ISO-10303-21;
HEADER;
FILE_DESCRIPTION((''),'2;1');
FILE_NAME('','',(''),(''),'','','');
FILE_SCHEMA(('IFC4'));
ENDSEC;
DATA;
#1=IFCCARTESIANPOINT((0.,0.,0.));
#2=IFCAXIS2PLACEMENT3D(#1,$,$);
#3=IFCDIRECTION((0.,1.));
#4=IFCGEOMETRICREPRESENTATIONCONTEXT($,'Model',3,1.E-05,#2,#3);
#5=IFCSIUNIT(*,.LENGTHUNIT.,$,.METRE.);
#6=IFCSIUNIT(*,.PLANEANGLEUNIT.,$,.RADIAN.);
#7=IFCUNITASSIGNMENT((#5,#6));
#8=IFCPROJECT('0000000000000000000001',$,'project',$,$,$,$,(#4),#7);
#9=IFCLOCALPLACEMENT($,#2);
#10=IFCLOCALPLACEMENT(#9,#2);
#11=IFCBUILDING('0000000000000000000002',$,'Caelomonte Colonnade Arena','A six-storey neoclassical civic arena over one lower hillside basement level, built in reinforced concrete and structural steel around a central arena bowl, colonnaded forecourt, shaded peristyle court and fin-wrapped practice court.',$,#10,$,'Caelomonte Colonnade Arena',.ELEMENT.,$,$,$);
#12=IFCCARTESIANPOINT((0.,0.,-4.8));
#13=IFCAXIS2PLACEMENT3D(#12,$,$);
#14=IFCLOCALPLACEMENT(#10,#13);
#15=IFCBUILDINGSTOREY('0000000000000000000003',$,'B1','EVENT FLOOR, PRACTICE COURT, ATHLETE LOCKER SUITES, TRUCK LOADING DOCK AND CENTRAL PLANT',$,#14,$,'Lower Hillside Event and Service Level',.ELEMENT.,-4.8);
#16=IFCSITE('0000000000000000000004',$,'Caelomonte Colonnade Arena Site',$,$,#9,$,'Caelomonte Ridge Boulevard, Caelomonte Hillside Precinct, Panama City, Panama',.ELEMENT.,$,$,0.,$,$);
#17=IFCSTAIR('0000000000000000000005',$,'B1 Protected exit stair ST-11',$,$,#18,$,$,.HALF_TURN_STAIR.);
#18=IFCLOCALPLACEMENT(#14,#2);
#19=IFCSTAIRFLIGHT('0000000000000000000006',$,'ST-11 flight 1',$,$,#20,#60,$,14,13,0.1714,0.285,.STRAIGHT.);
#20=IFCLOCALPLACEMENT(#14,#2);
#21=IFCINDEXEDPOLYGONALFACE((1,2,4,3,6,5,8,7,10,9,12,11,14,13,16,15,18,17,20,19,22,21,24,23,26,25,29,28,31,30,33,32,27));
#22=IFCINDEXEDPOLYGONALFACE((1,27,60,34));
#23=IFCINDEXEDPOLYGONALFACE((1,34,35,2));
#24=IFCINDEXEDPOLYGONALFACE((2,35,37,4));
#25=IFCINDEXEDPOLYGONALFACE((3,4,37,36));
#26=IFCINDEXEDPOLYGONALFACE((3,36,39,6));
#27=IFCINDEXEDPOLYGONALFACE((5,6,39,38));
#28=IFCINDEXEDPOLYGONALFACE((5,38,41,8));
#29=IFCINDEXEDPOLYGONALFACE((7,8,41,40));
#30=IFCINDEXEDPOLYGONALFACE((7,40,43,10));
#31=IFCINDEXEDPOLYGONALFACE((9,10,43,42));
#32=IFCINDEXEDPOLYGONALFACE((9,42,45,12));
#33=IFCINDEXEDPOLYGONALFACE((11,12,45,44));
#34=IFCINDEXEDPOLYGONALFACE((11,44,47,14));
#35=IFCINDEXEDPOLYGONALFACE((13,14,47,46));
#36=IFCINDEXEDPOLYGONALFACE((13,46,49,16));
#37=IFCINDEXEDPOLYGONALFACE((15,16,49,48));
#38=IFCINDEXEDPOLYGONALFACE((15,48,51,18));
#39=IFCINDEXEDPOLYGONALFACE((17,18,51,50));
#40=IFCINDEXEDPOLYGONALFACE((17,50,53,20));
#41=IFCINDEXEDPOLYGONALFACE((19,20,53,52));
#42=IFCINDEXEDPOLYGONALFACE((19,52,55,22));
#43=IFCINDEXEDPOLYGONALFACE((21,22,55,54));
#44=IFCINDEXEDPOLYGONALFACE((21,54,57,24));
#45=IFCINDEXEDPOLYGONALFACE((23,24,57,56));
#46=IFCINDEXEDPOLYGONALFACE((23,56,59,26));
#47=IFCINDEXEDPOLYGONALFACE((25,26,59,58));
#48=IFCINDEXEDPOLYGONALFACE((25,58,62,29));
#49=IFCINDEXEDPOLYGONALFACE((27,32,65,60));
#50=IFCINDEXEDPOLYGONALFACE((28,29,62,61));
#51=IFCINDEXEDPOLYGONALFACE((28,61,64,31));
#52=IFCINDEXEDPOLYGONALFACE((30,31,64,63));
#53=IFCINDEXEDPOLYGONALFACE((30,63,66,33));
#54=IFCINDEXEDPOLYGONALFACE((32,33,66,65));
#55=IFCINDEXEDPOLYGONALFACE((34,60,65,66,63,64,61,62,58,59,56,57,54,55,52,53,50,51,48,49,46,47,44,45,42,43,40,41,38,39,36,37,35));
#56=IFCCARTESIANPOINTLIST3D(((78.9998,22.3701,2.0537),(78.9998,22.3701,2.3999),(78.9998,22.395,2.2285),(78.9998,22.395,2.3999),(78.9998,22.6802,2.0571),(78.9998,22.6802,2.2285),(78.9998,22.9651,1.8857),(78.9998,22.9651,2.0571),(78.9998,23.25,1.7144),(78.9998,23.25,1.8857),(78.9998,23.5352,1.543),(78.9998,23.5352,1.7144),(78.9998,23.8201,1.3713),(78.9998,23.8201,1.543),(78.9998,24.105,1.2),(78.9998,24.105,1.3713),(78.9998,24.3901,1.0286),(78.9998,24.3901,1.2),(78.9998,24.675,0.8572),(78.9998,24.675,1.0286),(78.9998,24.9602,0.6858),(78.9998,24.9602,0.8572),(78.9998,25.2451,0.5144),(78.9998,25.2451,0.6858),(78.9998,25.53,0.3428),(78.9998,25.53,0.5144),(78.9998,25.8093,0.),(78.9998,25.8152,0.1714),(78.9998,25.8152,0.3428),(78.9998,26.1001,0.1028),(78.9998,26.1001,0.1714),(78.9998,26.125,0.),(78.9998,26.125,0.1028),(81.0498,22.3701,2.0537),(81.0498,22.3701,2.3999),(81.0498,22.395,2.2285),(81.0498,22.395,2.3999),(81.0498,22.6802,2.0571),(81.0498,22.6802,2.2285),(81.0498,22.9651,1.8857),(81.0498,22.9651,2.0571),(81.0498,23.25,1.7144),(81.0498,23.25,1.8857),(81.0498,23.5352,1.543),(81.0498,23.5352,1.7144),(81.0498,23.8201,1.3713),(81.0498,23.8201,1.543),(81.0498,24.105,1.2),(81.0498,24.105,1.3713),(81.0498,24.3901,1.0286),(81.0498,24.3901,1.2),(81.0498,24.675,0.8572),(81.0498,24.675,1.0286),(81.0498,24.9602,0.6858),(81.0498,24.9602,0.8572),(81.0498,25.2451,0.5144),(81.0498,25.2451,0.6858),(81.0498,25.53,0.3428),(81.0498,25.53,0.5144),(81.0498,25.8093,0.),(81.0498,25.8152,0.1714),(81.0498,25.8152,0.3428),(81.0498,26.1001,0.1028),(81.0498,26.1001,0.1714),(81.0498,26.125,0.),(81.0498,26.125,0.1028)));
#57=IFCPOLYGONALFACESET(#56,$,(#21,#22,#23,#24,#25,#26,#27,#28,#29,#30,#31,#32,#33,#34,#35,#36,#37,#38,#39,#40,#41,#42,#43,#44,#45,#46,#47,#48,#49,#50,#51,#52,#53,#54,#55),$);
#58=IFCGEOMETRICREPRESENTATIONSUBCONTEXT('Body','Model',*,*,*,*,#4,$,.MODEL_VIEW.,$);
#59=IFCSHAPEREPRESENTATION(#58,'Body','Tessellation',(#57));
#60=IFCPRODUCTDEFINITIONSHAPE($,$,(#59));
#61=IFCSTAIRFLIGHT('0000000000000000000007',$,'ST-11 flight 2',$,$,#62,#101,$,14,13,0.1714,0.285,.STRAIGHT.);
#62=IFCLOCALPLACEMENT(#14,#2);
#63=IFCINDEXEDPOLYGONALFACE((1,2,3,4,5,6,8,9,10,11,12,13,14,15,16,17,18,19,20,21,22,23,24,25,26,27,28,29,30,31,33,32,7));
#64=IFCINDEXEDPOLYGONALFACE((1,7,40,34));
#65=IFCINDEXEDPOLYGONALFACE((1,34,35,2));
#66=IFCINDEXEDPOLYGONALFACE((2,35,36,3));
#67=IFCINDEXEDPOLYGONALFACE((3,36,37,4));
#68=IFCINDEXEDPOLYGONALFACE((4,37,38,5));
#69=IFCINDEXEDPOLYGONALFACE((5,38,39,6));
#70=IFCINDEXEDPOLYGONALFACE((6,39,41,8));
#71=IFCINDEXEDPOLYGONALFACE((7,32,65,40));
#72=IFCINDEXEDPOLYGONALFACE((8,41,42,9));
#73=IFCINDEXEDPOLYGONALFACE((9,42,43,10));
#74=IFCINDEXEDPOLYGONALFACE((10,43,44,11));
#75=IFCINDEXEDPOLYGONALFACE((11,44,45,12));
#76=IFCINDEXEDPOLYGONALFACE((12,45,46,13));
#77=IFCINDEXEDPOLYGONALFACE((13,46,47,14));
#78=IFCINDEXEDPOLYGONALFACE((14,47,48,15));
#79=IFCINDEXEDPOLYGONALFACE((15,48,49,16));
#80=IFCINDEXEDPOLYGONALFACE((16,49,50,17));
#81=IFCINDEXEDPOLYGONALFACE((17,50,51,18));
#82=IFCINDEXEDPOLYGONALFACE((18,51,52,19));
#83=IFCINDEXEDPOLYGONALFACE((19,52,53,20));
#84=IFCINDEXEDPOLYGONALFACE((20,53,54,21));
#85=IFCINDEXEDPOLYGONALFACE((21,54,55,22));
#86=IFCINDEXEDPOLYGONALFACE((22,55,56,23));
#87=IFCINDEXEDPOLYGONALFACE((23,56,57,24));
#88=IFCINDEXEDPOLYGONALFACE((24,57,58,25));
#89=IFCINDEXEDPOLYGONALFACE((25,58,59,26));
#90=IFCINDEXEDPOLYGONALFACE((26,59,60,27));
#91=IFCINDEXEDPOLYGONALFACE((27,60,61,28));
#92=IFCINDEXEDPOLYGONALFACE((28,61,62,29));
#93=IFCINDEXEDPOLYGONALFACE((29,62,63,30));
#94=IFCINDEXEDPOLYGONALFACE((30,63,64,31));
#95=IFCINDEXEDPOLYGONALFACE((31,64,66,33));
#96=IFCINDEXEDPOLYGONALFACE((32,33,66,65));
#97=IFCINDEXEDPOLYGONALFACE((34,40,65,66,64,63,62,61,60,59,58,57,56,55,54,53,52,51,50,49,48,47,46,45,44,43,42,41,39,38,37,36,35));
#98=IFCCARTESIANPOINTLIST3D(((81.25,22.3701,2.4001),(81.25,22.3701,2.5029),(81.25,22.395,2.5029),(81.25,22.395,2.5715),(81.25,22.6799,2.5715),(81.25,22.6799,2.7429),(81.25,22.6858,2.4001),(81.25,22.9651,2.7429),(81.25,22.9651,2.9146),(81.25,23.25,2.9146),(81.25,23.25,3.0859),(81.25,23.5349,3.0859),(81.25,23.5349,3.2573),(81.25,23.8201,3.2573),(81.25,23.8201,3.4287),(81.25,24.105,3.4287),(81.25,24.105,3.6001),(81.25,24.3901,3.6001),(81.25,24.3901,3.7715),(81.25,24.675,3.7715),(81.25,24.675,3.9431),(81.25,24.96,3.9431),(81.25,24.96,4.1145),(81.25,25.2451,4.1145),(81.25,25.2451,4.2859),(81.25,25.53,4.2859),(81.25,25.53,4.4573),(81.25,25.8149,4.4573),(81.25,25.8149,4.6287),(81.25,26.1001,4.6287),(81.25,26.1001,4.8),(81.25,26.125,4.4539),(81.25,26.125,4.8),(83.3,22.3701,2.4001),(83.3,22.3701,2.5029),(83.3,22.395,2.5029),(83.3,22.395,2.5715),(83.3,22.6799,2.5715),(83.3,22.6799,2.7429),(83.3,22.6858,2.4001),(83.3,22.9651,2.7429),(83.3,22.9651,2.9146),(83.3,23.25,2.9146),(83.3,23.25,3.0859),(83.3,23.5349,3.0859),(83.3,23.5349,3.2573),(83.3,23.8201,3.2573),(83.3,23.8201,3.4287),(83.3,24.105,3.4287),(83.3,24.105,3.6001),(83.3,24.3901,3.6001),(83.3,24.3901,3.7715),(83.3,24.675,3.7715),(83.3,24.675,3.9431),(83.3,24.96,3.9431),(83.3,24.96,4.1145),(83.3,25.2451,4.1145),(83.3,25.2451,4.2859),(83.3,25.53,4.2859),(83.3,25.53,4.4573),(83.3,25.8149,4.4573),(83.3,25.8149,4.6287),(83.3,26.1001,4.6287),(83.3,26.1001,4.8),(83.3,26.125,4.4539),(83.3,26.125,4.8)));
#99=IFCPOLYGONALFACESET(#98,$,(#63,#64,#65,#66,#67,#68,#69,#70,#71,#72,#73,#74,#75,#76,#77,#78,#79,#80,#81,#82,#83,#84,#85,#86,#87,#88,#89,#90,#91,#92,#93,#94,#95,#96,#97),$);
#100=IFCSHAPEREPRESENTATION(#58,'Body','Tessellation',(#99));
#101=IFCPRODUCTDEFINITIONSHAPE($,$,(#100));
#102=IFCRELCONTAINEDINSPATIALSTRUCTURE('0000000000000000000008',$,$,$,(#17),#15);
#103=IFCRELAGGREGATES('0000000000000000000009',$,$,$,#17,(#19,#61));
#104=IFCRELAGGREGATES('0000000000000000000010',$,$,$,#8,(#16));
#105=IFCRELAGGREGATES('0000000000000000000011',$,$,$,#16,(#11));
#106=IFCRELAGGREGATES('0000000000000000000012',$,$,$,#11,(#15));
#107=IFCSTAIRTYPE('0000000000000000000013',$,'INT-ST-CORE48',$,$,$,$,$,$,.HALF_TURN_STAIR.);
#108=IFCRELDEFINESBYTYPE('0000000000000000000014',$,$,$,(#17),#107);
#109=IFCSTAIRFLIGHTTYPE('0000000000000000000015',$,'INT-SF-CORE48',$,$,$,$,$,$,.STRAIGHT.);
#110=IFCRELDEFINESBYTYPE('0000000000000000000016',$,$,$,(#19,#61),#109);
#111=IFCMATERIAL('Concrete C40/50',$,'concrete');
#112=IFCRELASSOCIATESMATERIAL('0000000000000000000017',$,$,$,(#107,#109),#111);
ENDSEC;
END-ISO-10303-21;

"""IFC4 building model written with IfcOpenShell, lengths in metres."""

from ifc_helpers import new_model, si_unit, direction, frame, origin, place, context, subcontext, project, spatial, polyline, outline, extrude, material, type_object, element, aggregate, save


model = new_model("IFC4")

# Units and contexts
model_context = context("Model", 3, precision=1e-05, world=origin(), true_north=direction((0.0, 1.0)))
body_context = subcontext(model_context, "Body", "Model", "MODEL_VIEW")
ifc_project = project(units=[si_unit("LENGTHUNIT", "METRE"), si_unit("PLANEANGLEUNIT", "RADIAN")], contexts=[model_context])

# Site, building, storey
site_placement = place(None, origin())
site = spatial("IfcSite", under=ifc_project, at=site_placement, Name="Caelomonte Colonnade Arena Site", LongName="Caelomonte Ridge Boulevard, Caelomonte Hillside Precinct, Panama City, Panama", CompositionType="ELEMENT", RefElevation=0.0)
building_placement = place(site_placement, origin())
building = spatial("IfcBuilding", under=site, at=building_placement, Name="Caelomonte Colonnade Arena", Description="A six-storey neoclassical civic arena over one lower hillside basement level, built in reinforced concrete and structural steel around a central arena bowl, colonnaded forecourt, shaded peristyle court and fin-wrapped practice court.", LongName="Caelomonte Colonnade Arena", CompositionType="ELEMENT")
storey_placement = place(building_placement, frame((0.0, 0.0, -4.8)))
storey = spatial("IfcBuildingStorey", under=building, at=storey_placement, Name="B1", Description="EVENT FLOOR, PRACTICE COURT, ATHLETE LOCKER SUITES, TRUCK LOADING DOCK AND CENTRAL PLANT", LongName="Lower Hillside Event and Service Level", CompositionType="ELEMENT", Elevation=-4.8)

# Shared definitions
ifc_material_1 = material(Name="Concrete C40/50", Category="concrete")

# Stair, stair flights
stair_type = type_object("IfcStairType", Name="INT-ST-CORE48", PredefinedType="HALF_TURN_STAIR", material=ifc_material_1)
stair_placement = place(storey_placement, origin())
stair = element("IfcStair", 1, at=stair_placement, inside=storey, type_object=stair_type, Name="B1 Protected exit stair ST-11", PredefinedType="HALF_TURN_STAIR")
stair_flight_type = type_object("IfcStairFlightType", Name="INT-SF-CORE48", PredefinedType="STRAIGHT", material=ifc_material_1)
stair_flight_1_placement = place(storey_placement, frame((80.0249, 26.1001, 0.0), z_axis=(0.0, 0.0, 1.0), x_axis=(0.0, -1.0, 0.0)))
stair_flight_1 = element("IfcStairFlight", 2, at=stair_flight_1_placement, type_object=stair_flight_type, Name="ST-11 flight 1", NumberOfRisers=14, NumberOfTreads=13, PredefinedType="STRAIGHT", RiserHeight=0.1714, TreadLength=0.285, context=body_context, shape_type="SweptSolid", body=[
    extrude(outline(polyline([(-0.0249, 0.0), (-0.0249, 0.1028), (0.0, 0.1028), (0.0, 0.1714), (0.2849, 0.1714), (0.2849, 0.3428), (0.5701, 0.3428), (0.5701, 0.5144), (0.855, 0.5144), (0.855, 0.6858), (1.1399, 0.6858), (1.1399, 0.8572), (1.425, 0.8572), (1.425, 1.0286), (1.71, 1.0286), (1.71, 1.2), (1.9951, 1.2), (1.9951, 1.3713), (2.28, 1.3713), (2.28, 1.543), (2.5649, 1.543), (2.5649, 1.7144), (2.8501, 1.7144), (2.8501, 1.8857), (3.135, 1.8857), (3.135, 2.0571), (3.4199, 2.0571), (3.4199, 2.2285), (3.7051, 2.2285), (3.7051, 2.3999), (3.73, 2.3999), (3.73, 2.0537), (0.2908, 0.0), (-0.0249, 0.0)])), frame((0.0, 1.0249, 0.0), z_axis=(0.0, -1.0, 0.0), x_axis=(1.0, 0.0, 0.0)), (0.0, 0.0, 1.0), 2.05),
])
stair_flight_2_placement = place(storey_placement, frame((82.2749, 22.395, 2.4001), z_axis=(0.0, 0.0, 1.0), x_axis=(0.0, 1.0, 0.0)))
stair_flight_2 = element("IfcStairFlight", 3, at=stair_flight_2_placement, type_object=stair_flight_type, Name="ST-11 flight 2", NumberOfRisers=14, NumberOfTreads=13, PredefinedType="STRAIGHT", RiserHeight=0.1714, TreadLength=0.285, context=body_context, shape_type="SweptSolid", body=[
    extrude(outline(polyline([(-0.0249, 0.0), (-0.0249, 0.1028), (0.0, 0.1028), (0.0, 0.1714), (0.2849, 0.1714), (0.2849, 0.3428), (0.5701, 0.3428), (0.5701, 0.5144), (0.855, 0.5144), (0.855, 0.6858), (1.1399, 0.6858), (1.1399, 0.8572), (1.425, 0.8572), (1.425, 1.0286), (1.71, 1.0286), (1.71, 1.2), (1.9951, 1.2), (1.9951, 1.3713), (2.28, 1.3713), (2.28, 1.543), (2.5649, 1.543), (2.5649, 1.7144), (2.8501, 1.7144), (2.8501, 1.8857), (3.135, 1.8857), (3.135, 2.0571), (3.4199, 2.0571), (3.4199, 2.2285), (3.7051, 2.2285), (3.7051, 2.3999), (3.73, 2.3999), (3.73, 2.0537), (0.2908, 0.0), (-0.0249, 0.0)])), frame((0.0, 1.0249, 0.0), z_axis=(0.0, -1.0, 0.0), x_axis=(1.0, 0.0, 0.0)), (0.0, 0.0, 1.0), 2.05),
])
aggregate(stair, [stair_flight_1, stair_flight_2])

save(model, "model.ifc")
